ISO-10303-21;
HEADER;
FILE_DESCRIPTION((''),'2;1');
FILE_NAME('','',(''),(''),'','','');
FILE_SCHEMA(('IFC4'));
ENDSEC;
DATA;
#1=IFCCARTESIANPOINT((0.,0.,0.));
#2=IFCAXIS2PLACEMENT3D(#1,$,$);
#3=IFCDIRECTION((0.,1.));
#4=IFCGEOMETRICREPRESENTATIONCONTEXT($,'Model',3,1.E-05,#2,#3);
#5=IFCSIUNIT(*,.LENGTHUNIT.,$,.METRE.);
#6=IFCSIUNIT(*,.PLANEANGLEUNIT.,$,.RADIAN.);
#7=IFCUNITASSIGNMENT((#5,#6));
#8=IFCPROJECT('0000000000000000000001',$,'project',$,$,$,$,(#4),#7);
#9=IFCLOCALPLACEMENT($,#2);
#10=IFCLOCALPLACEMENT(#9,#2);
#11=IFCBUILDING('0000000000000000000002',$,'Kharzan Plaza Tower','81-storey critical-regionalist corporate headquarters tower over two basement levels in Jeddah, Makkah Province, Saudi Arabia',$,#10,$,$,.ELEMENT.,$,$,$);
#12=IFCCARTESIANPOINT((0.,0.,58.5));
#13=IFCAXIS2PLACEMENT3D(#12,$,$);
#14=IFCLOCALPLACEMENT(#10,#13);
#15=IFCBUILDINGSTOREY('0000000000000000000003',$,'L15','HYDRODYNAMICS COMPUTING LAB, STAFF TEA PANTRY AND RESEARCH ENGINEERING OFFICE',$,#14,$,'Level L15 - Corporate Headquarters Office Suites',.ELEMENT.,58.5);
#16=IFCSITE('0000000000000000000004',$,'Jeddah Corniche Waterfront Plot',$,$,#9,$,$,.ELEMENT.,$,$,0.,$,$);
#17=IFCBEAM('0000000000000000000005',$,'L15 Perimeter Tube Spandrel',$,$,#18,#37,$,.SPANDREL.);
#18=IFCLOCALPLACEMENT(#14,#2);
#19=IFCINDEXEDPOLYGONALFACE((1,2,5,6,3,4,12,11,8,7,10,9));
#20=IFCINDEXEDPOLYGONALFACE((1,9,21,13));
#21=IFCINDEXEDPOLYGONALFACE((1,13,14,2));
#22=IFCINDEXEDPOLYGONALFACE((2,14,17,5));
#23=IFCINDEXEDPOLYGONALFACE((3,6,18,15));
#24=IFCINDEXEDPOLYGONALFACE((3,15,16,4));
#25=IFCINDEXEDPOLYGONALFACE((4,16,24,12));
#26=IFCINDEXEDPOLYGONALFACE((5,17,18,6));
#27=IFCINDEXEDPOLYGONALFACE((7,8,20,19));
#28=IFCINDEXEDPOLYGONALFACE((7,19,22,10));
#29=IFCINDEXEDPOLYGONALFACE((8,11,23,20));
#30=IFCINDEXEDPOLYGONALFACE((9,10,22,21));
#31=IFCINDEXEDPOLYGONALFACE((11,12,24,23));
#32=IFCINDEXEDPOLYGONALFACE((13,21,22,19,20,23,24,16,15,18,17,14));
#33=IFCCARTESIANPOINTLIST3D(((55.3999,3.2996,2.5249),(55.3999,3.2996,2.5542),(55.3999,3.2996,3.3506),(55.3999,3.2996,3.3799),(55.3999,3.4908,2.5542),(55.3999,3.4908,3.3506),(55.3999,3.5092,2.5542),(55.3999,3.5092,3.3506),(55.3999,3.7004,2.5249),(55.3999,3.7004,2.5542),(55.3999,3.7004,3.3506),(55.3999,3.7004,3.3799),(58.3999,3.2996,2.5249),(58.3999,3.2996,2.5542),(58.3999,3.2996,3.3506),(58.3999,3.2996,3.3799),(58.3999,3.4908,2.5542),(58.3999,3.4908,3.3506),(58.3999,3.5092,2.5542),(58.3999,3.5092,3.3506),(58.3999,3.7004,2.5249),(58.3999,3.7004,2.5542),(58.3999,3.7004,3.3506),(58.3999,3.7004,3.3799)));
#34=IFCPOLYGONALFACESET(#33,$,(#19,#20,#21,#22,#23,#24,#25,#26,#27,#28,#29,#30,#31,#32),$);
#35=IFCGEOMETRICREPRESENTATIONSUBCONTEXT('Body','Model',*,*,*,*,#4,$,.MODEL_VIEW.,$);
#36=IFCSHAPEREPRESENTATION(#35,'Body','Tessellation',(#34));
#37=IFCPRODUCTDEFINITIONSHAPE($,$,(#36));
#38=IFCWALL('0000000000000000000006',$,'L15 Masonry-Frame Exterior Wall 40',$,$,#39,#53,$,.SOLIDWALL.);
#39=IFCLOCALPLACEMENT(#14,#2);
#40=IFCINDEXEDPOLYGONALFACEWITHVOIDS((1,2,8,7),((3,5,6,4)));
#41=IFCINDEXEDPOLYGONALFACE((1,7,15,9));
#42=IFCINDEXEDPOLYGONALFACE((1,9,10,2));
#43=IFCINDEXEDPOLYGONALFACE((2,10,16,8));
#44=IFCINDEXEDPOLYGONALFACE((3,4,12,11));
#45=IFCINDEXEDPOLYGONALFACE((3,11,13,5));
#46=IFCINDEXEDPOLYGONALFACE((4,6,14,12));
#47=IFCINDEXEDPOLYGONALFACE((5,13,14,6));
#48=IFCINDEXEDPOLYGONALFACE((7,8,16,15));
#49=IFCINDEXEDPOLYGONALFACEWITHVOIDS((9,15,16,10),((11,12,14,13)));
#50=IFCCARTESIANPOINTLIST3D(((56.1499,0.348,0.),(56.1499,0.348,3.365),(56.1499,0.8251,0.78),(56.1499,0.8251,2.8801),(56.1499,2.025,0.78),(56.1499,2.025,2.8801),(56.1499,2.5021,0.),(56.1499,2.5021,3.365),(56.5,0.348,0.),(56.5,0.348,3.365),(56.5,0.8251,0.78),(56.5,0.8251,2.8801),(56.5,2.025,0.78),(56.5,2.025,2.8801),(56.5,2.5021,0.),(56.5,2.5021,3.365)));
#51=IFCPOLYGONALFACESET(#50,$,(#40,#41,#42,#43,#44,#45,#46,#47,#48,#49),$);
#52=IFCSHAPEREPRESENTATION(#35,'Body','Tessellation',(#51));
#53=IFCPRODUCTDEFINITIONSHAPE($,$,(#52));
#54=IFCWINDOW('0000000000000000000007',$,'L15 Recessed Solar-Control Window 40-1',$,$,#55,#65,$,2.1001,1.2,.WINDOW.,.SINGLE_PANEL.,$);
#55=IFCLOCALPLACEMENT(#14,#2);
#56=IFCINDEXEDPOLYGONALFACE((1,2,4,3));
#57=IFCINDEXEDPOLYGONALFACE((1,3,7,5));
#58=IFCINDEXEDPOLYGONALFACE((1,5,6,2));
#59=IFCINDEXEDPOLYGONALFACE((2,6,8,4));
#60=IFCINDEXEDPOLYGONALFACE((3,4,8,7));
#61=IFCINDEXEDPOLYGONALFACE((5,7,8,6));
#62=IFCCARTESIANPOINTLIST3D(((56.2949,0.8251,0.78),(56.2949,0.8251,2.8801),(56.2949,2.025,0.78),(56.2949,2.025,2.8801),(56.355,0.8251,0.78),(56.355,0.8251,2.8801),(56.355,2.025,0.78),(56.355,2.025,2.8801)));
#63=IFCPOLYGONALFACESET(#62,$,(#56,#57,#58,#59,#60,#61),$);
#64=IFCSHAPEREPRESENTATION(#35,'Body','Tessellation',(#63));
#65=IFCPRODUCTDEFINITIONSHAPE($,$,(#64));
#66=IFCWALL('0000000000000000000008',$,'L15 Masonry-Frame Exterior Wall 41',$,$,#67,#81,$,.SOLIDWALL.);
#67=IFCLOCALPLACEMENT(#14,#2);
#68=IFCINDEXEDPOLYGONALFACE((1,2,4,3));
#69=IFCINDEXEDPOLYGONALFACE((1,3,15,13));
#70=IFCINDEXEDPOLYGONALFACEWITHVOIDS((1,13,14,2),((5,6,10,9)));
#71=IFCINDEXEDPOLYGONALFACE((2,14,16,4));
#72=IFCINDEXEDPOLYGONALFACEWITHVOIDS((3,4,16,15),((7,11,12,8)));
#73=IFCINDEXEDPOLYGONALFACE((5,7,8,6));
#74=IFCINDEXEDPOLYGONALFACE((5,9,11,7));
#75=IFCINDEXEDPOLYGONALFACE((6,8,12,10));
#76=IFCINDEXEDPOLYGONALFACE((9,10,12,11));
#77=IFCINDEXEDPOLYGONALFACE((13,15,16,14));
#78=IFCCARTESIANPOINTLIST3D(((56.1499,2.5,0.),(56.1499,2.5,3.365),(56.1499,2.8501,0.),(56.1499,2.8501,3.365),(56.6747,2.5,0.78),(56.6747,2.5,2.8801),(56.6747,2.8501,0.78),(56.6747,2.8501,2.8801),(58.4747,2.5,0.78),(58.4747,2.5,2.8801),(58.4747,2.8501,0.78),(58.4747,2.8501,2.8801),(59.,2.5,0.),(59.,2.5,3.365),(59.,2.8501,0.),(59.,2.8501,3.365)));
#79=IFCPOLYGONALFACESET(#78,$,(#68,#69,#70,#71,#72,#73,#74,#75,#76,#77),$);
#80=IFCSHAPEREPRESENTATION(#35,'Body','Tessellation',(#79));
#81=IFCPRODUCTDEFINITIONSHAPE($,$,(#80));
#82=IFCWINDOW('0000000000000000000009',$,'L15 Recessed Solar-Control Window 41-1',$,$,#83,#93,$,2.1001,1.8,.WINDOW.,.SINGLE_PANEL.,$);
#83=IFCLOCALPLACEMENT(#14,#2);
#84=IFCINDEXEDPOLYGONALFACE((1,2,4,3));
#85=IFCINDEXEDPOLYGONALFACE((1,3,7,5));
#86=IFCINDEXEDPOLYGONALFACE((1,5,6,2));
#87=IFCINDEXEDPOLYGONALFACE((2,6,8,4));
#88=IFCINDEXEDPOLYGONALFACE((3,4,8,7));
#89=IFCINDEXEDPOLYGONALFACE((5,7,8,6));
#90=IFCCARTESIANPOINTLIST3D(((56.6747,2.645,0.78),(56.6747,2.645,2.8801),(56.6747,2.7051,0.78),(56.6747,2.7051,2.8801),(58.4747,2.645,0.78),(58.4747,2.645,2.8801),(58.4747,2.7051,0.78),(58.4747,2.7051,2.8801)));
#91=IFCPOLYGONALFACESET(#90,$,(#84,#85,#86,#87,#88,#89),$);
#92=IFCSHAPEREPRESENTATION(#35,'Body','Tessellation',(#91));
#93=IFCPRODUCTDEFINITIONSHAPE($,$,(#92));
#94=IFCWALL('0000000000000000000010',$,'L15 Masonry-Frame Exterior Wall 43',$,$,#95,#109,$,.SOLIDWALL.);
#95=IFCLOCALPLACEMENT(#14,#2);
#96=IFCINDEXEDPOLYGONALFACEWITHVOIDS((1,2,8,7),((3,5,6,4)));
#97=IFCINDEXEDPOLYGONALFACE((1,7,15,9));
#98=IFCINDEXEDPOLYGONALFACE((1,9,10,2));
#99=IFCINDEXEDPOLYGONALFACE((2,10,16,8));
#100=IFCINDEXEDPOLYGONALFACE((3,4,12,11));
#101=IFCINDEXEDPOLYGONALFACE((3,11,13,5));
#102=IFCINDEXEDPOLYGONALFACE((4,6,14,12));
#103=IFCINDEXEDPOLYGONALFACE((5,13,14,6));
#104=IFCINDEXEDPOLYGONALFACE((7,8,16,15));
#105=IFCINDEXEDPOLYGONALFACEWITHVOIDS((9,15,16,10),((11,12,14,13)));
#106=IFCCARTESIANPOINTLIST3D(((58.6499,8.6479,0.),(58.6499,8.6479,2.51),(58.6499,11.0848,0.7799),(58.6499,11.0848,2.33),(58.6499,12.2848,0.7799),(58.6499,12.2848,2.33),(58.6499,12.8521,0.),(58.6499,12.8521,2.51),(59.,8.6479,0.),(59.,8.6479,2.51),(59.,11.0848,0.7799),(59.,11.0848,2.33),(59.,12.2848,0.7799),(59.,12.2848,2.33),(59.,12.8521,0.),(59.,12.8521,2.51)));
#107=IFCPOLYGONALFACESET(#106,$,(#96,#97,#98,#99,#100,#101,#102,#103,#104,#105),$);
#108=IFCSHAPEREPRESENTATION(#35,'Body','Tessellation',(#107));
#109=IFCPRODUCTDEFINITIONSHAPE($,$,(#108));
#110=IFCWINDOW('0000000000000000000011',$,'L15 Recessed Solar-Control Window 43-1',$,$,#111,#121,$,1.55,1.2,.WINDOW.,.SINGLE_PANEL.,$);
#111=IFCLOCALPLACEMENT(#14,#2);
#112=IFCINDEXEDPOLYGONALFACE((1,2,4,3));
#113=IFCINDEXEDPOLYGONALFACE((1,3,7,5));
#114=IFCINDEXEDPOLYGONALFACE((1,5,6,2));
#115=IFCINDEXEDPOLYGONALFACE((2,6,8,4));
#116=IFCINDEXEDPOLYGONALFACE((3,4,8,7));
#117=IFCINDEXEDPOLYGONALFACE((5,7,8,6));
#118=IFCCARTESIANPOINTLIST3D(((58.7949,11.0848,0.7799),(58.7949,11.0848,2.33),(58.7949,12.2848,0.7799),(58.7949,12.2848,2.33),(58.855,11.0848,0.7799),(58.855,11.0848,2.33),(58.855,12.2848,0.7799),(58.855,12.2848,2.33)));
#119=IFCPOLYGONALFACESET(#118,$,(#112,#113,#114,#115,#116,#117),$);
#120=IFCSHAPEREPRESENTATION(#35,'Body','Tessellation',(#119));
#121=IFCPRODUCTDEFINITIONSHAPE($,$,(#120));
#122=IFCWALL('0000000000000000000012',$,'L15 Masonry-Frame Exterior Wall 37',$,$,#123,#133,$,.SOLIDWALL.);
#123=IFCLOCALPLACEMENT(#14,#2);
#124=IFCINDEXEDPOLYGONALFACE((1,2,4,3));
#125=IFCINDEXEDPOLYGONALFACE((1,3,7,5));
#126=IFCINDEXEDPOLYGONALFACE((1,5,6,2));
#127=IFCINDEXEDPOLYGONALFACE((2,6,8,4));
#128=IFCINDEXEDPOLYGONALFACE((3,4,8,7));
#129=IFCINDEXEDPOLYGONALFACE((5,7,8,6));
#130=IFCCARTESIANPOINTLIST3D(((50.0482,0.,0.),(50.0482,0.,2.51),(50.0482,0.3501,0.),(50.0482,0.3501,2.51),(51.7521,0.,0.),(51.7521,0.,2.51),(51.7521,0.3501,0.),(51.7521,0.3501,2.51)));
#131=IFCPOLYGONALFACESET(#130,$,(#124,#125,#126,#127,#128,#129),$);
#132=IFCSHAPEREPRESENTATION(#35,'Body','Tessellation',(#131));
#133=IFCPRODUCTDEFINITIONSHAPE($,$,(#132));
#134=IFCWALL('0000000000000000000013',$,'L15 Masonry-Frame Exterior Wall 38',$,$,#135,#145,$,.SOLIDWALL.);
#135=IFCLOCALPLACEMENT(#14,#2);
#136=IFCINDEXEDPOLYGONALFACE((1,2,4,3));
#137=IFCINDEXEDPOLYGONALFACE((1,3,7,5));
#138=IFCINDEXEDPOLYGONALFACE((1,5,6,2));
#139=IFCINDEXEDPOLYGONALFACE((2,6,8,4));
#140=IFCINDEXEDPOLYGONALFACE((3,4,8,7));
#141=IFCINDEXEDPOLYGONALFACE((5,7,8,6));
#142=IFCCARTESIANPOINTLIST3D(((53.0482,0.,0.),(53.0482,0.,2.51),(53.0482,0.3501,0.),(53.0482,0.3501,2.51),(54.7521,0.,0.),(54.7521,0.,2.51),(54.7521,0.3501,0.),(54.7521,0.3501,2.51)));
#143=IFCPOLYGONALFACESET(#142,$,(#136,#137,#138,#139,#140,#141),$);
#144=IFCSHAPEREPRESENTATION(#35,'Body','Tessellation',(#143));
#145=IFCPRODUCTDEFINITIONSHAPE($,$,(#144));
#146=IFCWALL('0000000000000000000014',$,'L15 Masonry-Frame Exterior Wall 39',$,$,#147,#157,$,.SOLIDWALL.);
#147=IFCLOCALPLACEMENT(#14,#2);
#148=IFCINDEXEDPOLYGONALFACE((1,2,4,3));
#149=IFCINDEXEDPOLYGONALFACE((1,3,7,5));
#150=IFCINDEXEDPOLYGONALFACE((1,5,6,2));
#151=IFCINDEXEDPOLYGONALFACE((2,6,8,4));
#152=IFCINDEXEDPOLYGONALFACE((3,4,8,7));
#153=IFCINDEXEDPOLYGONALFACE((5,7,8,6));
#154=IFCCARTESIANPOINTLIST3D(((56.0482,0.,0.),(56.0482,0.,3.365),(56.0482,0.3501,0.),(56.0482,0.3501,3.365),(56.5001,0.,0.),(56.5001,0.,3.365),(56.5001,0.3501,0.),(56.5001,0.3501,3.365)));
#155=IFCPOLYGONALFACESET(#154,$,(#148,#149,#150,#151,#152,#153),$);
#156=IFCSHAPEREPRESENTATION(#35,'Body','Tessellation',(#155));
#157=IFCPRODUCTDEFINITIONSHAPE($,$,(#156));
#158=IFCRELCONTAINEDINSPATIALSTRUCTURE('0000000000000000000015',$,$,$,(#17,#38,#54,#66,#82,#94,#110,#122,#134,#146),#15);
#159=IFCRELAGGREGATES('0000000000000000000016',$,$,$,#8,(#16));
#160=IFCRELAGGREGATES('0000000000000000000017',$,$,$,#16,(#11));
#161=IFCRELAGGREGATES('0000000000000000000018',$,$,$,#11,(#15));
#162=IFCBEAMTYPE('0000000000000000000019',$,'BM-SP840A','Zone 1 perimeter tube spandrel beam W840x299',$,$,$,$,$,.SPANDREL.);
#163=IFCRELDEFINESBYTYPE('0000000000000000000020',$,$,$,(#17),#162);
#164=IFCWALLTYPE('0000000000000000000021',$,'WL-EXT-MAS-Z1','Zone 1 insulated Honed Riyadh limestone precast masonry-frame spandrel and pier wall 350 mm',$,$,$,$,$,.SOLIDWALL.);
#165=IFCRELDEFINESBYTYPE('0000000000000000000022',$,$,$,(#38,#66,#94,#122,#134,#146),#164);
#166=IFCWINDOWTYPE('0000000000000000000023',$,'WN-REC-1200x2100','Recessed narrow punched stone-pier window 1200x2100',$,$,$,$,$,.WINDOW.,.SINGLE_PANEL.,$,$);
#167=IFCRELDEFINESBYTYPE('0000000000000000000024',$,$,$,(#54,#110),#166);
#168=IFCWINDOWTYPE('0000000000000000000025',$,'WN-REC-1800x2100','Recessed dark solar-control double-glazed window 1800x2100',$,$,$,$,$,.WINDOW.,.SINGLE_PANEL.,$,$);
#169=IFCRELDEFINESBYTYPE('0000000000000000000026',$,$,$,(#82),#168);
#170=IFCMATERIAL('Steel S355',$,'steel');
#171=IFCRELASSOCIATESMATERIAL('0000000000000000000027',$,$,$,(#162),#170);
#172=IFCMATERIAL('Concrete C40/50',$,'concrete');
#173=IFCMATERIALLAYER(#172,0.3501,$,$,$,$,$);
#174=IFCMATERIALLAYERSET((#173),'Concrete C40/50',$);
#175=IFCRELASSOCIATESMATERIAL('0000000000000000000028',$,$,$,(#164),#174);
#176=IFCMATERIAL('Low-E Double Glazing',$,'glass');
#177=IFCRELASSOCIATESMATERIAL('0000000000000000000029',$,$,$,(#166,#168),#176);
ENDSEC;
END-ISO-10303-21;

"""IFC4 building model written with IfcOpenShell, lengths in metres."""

from ifc_helpers import new_model, si_unit, direction, frame, frame_2d, origin, origin_2d, place, context, subcontext, project, spatial, rectangle, i_section, extrude, source, transform, mapped, material, layer, layer_set, material_profile, profile_set, type_object, element, fill, save


model = new_model("IFC4")

# Units and contexts
model_context = context("Model", 3, precision=1e-05, world=origin(), true_north=direction((0.0, 1.0)))
body_context = subcontext(model_context, "Body", "Model", "MODEL_VIEW")
ifc_project = project(units=[si_unit("LENGTHUNIT", "METRE"), si_unit("PLANEANGLEUNIT", "RADIAN")], contexts=[model_context])

# Site, building, storey
site_placement = place(None, origin())
site = spatial("IfcSite", under=ifc_project, at=site_placement, Name="Jeddah Corniche Waterfront Plot", CompositionType="ELEMENT", RefElevation=0.0)
building_placement = place(site_placement, origin())
building = spatial("IfcBuilding", under=site, at=building_placement, Name="Kharzan Plaza Tower", Description="81-storey critical-regionalist corporate headquarters tower over two basement levels in Jeddah, Makkah Province, Saudi Arabia", CompositionType="ELEMENT")
storey_placement = place(building_placement, frame((0.0, 0.0, 58.5)))
storey = spatial("IfcBuildingStorey", under=building, at=storey_placement, Name="L15", Description="HYDRODYNAMICS COMPUTING LAB, STAFF TEA PANTRY AND RESEARCH ENGINEERING OFFICE", LongName="Level L15 - Corporate Headquarters Office Suites", CompositionType="ELEMENT", Elevation=58.5)

# Beam
ifc_material_1 = material(Name="Steel S355", Category="steel")
ifc_material_profile_1 = material_profile(ifc_material_1, i_section(OverallWidth=0.4009, OverallDepth=0.855, WebThickness=0.0183, FlangeThickness=0.0293, at=origin_2d()), Name="W840x299")
ifc_profile_set_1 = profile_set([ifc_material_profile_1], Name="Steel S355")
beam_type_1 = type_object("IfcBeamType", Name="BM-SP840A", Description="Zone 1 perimeter tube spandrel beam W840x299", PredefinedType="SPANDREL", material=ifc_profile_set_1)
shared_shape_1 = source(origin(), body_context, "Body", "SweptSolid", [
    extrude(i_section(OverallWidth=0.4009, OverallDepth=0.855, WebThickness=0.0183, FlangeThickness=0.0293, at=origin_2d()), origin(), (0.0, 0.0, 1.0), 3.0),
])
for number, where, z_axis, x_axis, name in (
    (1, (55.3999, 3.5, 2.9524), (1.0, 0.0, 0.0), (0.0, 1.0, 0.0), "L15 Perimeter Tube Spandrel"),
):
    element("IfcBeam", number, at=place(storey_placement, frame(where, z_axis=z_axis, x_axis=x_axis)), inside=storey, type_object=beam_type_1, Name=name, PredefinedType="SPANDREL", context=body_context, shape_type="MappedRepresentation", body=[
        mapped(shared_shape_1, transform((0.0, 0.0, 0.0), x_axis=(1.0, 0.0, 0.0), y_axis=(0.0, 1.0, 0.0), z_axis=(0.0, 0.0, 1.0))),
    ])

# Walls, openings, windows
ifc_material_2 = material(Name="Concrete C40/50", Category="concrete")
ifc_layer = layer(ifc_material_2, 0.3501)
ifc_layer_set = layer_set([ifc_layer], Name="Concrete C40/50")
wall_type = type_object("IfcWallType", Name="WL-EXT-MAS-Z1", Description="Zone 1 insulated Honed Riyadh limestone precast masonry-frame spandrel and pier wall 350 mm", PredefinedType="SOLIDWALL", material=ifc_layer_set)
wall_1_placement = place(storey_placement, frame((56.325, 0.3479, 0.0), z_axis=(0.0, 0.0, 1.0), x_axis=(0.0, 1.0, 0.0)))
wall_1 = element("IfcWall", 2, at=wall_1_placement, inside=storey, type_object=wall_type, Name="L15 Masonry-Frame Exterior Wall 40", PredefinedType="SOLIDWALL", context=body_context, shape_type="SweptSolid", body=[
    extrude(rectangle(XDim=2.1541, YDim=0.3501, at=frame_2d((1.0771, 0.0))), origin(), (0.0, 0.0, 1.0), 3.365),
])
opening_1_placement = place(wall_1_placement, frame((0.4771, 0.0, 0.78)))
opening_1 = element("IfcOpeningElement", 3, at=opening_1_placement, cuts=wall_1, PredefinedType="OPENING", context=body_context, shape_type="SweptSolid", body=[
    extrude(rectangle(XDim=1.2, YDim=2.1001, at=frame_2d((0.6001, 1.05))), frame((0.0, 0.1851, 0.0), z_axis=(0.0, -1.0, 0.0), x_axis=(1.0, 0.0, 0.0)), (0.0, 0.0, 1.0), 0.3701),
])
ifc_material_3 = material(Name="Low-E Double Glazing", Category="glass")
window_type_1 = type_object("IfcWindowType", Name="WN-REC-1200x2100", Description="Recessed narrow punched stone-pier window 1200x2100", PartitioningType="SINGLE_PANEL", PredefinedType="WINDOW", material=ifc_material_3)
shared_shape_2 = source(origin(), body_context, "Body", "SweptSolid", [
    extrude(rectangle(XDim=1.2, YDim=2.1001, at=frame_2d((0.6001, 1.05))), frame((0.0, 0.03, 0.0), z_axis=(0.0, -1.0, 0.0), x_axis=(1.0, 0.0, 0.0)), (0.0, 0.0, 1.0), 0.0601),
])
window_1_placement = place(opening_1_placement, origin())
window_1 = element("IfcWindow", 4, at=window_1_placement, inside=storey, type_object=window_type_1, Name="L15 Recessed Solar-Control Window 40-1", OverallHeight=2.1001, OverallWidth=1.2, PartitioningType="SINGLE_PANEL", PredefinedType="WINDOW", context=body_context, shape_type="MappedRepresentation", body=[
    mapped(shared_shape_2, transform((0.0, 0.0, 0.0), x_axis=(1.0, 0.0, 0.0), y_axis=(0.0, 1.0, 0.0), z_axis=(0.0, 0.0, 1.0))),
])
fill(opening_1, window_1)
wall_2_placement = place(storey_placement, frame((56.1499, 2.675, 0.0), z_axis=(0.0, 0.0, 1.0), x_axis=(1.0, 0.0, 0.0)))
wall_2 = element("IfcWall", 5, at=wall_2_placement, inside=storey, type_object=wall_type, Name="L15 Masonry-Frame Exterior Wall 41", PredefinedType="SOLIDWALL", context=body_context, shape_type="SweptSolid", body=[
    extrude(rectangle(XDim=2.8501, YDim=0.3501, at=frame_2d((1.425, 0.0))), origin(), (0.0, 0.0, 1.0), 3.365),
])
opening_2_placement = place(wall_2_placement, frame((0.5249, 0.0, 0.78)))
opening_2 = element("IfcOpeningElement", 6, at=opening_2_placement, cuts=wall_2, PredefinedType="OPENING", context=body_context, shape_type="SweptSolid", body=[
    extrude(rectangle(XDim=1.8, YDim=2.1001, at=frame_2d((0.8999, 1.05))), frame((0.0, 0.1851, 0.0), z_axis=(0.0, -1.0, 0.0), x_axis=(1.0, 0.0, 0.0)), (0.0, 0.0, 1.0), 0.3701),
])
window_type_2 = type_object("IfcWindowType", Name="WN-REC-1800x2100", Description="Recessed dark solar-control double-glazed window 1800x2100", PartitioningType="SINGLE_PANEL", PredefinedType="WINDOW", material=ifc_material_3)
shared_shape_3 = source(origin(), body_context, "Body", "SweptSolid", [
    extrude(rectangle(XDim=1.8, YDim=2.1001, at=frame_2d((0.8999, 1.05))), frame((0.0, 0.03, 0.0), z_axis=(0.0, -1.0, 0.0), x_axis=(1.0, 0.0, 0.0)), (0.0, 0.0, 1.0), 0.0601),
])
window_2_placement = place(opening_2_placement, origin())
window_2 = element("IfcWindow", 7, at=window_2_placement, inside=storey, type_object=window_type_2, Name="L15 Recessed Solar-Control Window 41-1", OverallHeight=2.1001, OverallWidth=1.8, PartitioningType="SINGLE_PANEL", PredefinedType="WINDOW", context=body_context, shape_type="MappedRepresentation", body=[
    mapped(shared_shape_3, transform((0.0, 0.0, 0.0), x_axis=(1.0, 0.0, 0.0), y_axis=(0.0, 1.0, 0.0), z_axis=(0.0, 0.0, 1.0))),
])
fill(opening_2, window_2)
wall_3_placement = place(storey_placement, frame((58.825, 8.6479, 0.0), z_axis=(0.0, 0.0, 1.0), x_axis=(0.0, 1.0, 0.0)))
wall_3 = element("IfcWall", 8, at=wall_3_placement, inside=storey, type_object=wall_type, Name="L15 Masonry-Frame Exterior Wall 43", PredefinedType="SOLIDWALL", context=body_context, shape_type="SweptSolid", body=[
    extrude(rectangle(XDim=4.2041, YDim=0.3501, at=frame_2d((2.1021, 0.0))), origin(), (0.0, 0.0, 1.0), 2.51),
])
opening_3_placement = place(wall_3_placement, frame((2.4368, 0.0, 0.78)))
opening_3 = element("IfcOpeningElement", 9, at=opening_3_placement, cuts=wall_3, PredefinedType="OPENING", context=body_context, shape_type="SweptSolid", body=[
    extrude(rectangle(XDim=1.2, YDim=1.55, at=frame_2d((0.6001, 0.7749))), frame((0.0, 0.1851, 0.0), z_axis=(0.0, -1.0, 0.0), x_axis=(1.0, 0.0, 0.0)), (0.0, 0.0, 1.0), 0.3701),
])
shared_shape_4 = source(origin(), body_context, "Body", "SweptSolid", [
    extrude(rectangle(XDim=1.2, YDim=1.55, at=frame_2d((0.6001, 0.7749))), frame((0.0, 0.03, 0.0), z_axis=(0.0, -1.0, 0.0), x_axis=(1.0, 0.0, 0.0)), (0.0, 0.0, 1.0), 0.0601),
])
window_3_placement = place(opening_3_placement, origin())
window_3 = element("IfcWindow", 10, at=window_3_placement, inside=storey, type_object=window_type_1, Name="L15 Recessed Solar-Control Window 43-1", OverallHeight=1.55, OverallWidth=1.2, PartitioningType="SINGLE_PANEL", PredefinedType="WINDOW", context=body_context, shape_type="MappedRepresentation", body=[
    mapped(shared_shape_4, transform((0.0, 0.0, 0.0), x_axis=(1.0, 0.0, 0.0), y_axis=(0.0, 1.0, 0.0), z_axis=(0.0, 0.0, 1.0))),
])
fill(opening_3, window_3)

# Walls
shared_shape_5 = source(origin(), body_context, "Body", "SweptSolid", [
    extrude(rectangle(XDim=1.7039, YDim=0.3501, at=frame_2d((0.8521, 0.0))), origin(), (0.0, 0.0, 1.0), 2.51),
])
for number, where, z_axis, x_axis, name in (
    (11, (50.0481, 0.175, 0.0), (0.0, 0.0, 1.0), (1.0, 0.0, 0.0), "L15 Masonry-Frame Exterior Wall 37"),
    (12, (53.0481, 0.175, 0.0), (0.0, 0.0, 1.0), (1.0, 0.0, 0.0), "L15 Masonry-Frame Exterior Wall 38"),
):
    element("IfcWall", number, at=place(storey_placement, frame(where, z_axis=z_axis, x_axis=x_axis)), inside=storey, type_object=wall_type, Name=name, PredefinedType="SOLIDWALL", context=body_context, shape_type="MappedRepresentation", body=[
        mapped(shared_shape_5, transform((0.0, 0.0, 0.0), x_axis=(1.0, 0.0, 0.0), y_axis=(0.0, 1.0, 0.0), z_axis=(0.0, 0.0, 1.0))),
    ])
shared_shape_6 = source(origin(), body_context, "Body", "SweptSolid", [
    extrude(rectangle(XDim=0.4519, YDim=0.3501, at=frame_2d((0.2261, 0.0))), origin(), (0.0, 0.0, 1.0), 3.365),
])
wall_4_placement = place(storey_placement, frame((56.0481, 0.175, 0.0), z_axis=(0.0, 0.0, 1.0), x_axis=(1.0, 0.0, 0.0)))
element("IfcWall", 13, at=wall_4_placement, inside=storey, type_object=wall_type, Name="L15 Masonry-Frame Exterior Wall 39", PredefinedType="SOLIDWALL", context=body_context, shape_type="MappedRepresentation", body=[
    mapped(shared_shape_6, transform((0.0, 0.0, 0.0), x_axis=(1.0, 0.0, 0.0), y_axis=(0.0, 1.0, 0.0), z_axis=(0.0, 0.0, 1.0))),
])

save(model, "model.ifc")
